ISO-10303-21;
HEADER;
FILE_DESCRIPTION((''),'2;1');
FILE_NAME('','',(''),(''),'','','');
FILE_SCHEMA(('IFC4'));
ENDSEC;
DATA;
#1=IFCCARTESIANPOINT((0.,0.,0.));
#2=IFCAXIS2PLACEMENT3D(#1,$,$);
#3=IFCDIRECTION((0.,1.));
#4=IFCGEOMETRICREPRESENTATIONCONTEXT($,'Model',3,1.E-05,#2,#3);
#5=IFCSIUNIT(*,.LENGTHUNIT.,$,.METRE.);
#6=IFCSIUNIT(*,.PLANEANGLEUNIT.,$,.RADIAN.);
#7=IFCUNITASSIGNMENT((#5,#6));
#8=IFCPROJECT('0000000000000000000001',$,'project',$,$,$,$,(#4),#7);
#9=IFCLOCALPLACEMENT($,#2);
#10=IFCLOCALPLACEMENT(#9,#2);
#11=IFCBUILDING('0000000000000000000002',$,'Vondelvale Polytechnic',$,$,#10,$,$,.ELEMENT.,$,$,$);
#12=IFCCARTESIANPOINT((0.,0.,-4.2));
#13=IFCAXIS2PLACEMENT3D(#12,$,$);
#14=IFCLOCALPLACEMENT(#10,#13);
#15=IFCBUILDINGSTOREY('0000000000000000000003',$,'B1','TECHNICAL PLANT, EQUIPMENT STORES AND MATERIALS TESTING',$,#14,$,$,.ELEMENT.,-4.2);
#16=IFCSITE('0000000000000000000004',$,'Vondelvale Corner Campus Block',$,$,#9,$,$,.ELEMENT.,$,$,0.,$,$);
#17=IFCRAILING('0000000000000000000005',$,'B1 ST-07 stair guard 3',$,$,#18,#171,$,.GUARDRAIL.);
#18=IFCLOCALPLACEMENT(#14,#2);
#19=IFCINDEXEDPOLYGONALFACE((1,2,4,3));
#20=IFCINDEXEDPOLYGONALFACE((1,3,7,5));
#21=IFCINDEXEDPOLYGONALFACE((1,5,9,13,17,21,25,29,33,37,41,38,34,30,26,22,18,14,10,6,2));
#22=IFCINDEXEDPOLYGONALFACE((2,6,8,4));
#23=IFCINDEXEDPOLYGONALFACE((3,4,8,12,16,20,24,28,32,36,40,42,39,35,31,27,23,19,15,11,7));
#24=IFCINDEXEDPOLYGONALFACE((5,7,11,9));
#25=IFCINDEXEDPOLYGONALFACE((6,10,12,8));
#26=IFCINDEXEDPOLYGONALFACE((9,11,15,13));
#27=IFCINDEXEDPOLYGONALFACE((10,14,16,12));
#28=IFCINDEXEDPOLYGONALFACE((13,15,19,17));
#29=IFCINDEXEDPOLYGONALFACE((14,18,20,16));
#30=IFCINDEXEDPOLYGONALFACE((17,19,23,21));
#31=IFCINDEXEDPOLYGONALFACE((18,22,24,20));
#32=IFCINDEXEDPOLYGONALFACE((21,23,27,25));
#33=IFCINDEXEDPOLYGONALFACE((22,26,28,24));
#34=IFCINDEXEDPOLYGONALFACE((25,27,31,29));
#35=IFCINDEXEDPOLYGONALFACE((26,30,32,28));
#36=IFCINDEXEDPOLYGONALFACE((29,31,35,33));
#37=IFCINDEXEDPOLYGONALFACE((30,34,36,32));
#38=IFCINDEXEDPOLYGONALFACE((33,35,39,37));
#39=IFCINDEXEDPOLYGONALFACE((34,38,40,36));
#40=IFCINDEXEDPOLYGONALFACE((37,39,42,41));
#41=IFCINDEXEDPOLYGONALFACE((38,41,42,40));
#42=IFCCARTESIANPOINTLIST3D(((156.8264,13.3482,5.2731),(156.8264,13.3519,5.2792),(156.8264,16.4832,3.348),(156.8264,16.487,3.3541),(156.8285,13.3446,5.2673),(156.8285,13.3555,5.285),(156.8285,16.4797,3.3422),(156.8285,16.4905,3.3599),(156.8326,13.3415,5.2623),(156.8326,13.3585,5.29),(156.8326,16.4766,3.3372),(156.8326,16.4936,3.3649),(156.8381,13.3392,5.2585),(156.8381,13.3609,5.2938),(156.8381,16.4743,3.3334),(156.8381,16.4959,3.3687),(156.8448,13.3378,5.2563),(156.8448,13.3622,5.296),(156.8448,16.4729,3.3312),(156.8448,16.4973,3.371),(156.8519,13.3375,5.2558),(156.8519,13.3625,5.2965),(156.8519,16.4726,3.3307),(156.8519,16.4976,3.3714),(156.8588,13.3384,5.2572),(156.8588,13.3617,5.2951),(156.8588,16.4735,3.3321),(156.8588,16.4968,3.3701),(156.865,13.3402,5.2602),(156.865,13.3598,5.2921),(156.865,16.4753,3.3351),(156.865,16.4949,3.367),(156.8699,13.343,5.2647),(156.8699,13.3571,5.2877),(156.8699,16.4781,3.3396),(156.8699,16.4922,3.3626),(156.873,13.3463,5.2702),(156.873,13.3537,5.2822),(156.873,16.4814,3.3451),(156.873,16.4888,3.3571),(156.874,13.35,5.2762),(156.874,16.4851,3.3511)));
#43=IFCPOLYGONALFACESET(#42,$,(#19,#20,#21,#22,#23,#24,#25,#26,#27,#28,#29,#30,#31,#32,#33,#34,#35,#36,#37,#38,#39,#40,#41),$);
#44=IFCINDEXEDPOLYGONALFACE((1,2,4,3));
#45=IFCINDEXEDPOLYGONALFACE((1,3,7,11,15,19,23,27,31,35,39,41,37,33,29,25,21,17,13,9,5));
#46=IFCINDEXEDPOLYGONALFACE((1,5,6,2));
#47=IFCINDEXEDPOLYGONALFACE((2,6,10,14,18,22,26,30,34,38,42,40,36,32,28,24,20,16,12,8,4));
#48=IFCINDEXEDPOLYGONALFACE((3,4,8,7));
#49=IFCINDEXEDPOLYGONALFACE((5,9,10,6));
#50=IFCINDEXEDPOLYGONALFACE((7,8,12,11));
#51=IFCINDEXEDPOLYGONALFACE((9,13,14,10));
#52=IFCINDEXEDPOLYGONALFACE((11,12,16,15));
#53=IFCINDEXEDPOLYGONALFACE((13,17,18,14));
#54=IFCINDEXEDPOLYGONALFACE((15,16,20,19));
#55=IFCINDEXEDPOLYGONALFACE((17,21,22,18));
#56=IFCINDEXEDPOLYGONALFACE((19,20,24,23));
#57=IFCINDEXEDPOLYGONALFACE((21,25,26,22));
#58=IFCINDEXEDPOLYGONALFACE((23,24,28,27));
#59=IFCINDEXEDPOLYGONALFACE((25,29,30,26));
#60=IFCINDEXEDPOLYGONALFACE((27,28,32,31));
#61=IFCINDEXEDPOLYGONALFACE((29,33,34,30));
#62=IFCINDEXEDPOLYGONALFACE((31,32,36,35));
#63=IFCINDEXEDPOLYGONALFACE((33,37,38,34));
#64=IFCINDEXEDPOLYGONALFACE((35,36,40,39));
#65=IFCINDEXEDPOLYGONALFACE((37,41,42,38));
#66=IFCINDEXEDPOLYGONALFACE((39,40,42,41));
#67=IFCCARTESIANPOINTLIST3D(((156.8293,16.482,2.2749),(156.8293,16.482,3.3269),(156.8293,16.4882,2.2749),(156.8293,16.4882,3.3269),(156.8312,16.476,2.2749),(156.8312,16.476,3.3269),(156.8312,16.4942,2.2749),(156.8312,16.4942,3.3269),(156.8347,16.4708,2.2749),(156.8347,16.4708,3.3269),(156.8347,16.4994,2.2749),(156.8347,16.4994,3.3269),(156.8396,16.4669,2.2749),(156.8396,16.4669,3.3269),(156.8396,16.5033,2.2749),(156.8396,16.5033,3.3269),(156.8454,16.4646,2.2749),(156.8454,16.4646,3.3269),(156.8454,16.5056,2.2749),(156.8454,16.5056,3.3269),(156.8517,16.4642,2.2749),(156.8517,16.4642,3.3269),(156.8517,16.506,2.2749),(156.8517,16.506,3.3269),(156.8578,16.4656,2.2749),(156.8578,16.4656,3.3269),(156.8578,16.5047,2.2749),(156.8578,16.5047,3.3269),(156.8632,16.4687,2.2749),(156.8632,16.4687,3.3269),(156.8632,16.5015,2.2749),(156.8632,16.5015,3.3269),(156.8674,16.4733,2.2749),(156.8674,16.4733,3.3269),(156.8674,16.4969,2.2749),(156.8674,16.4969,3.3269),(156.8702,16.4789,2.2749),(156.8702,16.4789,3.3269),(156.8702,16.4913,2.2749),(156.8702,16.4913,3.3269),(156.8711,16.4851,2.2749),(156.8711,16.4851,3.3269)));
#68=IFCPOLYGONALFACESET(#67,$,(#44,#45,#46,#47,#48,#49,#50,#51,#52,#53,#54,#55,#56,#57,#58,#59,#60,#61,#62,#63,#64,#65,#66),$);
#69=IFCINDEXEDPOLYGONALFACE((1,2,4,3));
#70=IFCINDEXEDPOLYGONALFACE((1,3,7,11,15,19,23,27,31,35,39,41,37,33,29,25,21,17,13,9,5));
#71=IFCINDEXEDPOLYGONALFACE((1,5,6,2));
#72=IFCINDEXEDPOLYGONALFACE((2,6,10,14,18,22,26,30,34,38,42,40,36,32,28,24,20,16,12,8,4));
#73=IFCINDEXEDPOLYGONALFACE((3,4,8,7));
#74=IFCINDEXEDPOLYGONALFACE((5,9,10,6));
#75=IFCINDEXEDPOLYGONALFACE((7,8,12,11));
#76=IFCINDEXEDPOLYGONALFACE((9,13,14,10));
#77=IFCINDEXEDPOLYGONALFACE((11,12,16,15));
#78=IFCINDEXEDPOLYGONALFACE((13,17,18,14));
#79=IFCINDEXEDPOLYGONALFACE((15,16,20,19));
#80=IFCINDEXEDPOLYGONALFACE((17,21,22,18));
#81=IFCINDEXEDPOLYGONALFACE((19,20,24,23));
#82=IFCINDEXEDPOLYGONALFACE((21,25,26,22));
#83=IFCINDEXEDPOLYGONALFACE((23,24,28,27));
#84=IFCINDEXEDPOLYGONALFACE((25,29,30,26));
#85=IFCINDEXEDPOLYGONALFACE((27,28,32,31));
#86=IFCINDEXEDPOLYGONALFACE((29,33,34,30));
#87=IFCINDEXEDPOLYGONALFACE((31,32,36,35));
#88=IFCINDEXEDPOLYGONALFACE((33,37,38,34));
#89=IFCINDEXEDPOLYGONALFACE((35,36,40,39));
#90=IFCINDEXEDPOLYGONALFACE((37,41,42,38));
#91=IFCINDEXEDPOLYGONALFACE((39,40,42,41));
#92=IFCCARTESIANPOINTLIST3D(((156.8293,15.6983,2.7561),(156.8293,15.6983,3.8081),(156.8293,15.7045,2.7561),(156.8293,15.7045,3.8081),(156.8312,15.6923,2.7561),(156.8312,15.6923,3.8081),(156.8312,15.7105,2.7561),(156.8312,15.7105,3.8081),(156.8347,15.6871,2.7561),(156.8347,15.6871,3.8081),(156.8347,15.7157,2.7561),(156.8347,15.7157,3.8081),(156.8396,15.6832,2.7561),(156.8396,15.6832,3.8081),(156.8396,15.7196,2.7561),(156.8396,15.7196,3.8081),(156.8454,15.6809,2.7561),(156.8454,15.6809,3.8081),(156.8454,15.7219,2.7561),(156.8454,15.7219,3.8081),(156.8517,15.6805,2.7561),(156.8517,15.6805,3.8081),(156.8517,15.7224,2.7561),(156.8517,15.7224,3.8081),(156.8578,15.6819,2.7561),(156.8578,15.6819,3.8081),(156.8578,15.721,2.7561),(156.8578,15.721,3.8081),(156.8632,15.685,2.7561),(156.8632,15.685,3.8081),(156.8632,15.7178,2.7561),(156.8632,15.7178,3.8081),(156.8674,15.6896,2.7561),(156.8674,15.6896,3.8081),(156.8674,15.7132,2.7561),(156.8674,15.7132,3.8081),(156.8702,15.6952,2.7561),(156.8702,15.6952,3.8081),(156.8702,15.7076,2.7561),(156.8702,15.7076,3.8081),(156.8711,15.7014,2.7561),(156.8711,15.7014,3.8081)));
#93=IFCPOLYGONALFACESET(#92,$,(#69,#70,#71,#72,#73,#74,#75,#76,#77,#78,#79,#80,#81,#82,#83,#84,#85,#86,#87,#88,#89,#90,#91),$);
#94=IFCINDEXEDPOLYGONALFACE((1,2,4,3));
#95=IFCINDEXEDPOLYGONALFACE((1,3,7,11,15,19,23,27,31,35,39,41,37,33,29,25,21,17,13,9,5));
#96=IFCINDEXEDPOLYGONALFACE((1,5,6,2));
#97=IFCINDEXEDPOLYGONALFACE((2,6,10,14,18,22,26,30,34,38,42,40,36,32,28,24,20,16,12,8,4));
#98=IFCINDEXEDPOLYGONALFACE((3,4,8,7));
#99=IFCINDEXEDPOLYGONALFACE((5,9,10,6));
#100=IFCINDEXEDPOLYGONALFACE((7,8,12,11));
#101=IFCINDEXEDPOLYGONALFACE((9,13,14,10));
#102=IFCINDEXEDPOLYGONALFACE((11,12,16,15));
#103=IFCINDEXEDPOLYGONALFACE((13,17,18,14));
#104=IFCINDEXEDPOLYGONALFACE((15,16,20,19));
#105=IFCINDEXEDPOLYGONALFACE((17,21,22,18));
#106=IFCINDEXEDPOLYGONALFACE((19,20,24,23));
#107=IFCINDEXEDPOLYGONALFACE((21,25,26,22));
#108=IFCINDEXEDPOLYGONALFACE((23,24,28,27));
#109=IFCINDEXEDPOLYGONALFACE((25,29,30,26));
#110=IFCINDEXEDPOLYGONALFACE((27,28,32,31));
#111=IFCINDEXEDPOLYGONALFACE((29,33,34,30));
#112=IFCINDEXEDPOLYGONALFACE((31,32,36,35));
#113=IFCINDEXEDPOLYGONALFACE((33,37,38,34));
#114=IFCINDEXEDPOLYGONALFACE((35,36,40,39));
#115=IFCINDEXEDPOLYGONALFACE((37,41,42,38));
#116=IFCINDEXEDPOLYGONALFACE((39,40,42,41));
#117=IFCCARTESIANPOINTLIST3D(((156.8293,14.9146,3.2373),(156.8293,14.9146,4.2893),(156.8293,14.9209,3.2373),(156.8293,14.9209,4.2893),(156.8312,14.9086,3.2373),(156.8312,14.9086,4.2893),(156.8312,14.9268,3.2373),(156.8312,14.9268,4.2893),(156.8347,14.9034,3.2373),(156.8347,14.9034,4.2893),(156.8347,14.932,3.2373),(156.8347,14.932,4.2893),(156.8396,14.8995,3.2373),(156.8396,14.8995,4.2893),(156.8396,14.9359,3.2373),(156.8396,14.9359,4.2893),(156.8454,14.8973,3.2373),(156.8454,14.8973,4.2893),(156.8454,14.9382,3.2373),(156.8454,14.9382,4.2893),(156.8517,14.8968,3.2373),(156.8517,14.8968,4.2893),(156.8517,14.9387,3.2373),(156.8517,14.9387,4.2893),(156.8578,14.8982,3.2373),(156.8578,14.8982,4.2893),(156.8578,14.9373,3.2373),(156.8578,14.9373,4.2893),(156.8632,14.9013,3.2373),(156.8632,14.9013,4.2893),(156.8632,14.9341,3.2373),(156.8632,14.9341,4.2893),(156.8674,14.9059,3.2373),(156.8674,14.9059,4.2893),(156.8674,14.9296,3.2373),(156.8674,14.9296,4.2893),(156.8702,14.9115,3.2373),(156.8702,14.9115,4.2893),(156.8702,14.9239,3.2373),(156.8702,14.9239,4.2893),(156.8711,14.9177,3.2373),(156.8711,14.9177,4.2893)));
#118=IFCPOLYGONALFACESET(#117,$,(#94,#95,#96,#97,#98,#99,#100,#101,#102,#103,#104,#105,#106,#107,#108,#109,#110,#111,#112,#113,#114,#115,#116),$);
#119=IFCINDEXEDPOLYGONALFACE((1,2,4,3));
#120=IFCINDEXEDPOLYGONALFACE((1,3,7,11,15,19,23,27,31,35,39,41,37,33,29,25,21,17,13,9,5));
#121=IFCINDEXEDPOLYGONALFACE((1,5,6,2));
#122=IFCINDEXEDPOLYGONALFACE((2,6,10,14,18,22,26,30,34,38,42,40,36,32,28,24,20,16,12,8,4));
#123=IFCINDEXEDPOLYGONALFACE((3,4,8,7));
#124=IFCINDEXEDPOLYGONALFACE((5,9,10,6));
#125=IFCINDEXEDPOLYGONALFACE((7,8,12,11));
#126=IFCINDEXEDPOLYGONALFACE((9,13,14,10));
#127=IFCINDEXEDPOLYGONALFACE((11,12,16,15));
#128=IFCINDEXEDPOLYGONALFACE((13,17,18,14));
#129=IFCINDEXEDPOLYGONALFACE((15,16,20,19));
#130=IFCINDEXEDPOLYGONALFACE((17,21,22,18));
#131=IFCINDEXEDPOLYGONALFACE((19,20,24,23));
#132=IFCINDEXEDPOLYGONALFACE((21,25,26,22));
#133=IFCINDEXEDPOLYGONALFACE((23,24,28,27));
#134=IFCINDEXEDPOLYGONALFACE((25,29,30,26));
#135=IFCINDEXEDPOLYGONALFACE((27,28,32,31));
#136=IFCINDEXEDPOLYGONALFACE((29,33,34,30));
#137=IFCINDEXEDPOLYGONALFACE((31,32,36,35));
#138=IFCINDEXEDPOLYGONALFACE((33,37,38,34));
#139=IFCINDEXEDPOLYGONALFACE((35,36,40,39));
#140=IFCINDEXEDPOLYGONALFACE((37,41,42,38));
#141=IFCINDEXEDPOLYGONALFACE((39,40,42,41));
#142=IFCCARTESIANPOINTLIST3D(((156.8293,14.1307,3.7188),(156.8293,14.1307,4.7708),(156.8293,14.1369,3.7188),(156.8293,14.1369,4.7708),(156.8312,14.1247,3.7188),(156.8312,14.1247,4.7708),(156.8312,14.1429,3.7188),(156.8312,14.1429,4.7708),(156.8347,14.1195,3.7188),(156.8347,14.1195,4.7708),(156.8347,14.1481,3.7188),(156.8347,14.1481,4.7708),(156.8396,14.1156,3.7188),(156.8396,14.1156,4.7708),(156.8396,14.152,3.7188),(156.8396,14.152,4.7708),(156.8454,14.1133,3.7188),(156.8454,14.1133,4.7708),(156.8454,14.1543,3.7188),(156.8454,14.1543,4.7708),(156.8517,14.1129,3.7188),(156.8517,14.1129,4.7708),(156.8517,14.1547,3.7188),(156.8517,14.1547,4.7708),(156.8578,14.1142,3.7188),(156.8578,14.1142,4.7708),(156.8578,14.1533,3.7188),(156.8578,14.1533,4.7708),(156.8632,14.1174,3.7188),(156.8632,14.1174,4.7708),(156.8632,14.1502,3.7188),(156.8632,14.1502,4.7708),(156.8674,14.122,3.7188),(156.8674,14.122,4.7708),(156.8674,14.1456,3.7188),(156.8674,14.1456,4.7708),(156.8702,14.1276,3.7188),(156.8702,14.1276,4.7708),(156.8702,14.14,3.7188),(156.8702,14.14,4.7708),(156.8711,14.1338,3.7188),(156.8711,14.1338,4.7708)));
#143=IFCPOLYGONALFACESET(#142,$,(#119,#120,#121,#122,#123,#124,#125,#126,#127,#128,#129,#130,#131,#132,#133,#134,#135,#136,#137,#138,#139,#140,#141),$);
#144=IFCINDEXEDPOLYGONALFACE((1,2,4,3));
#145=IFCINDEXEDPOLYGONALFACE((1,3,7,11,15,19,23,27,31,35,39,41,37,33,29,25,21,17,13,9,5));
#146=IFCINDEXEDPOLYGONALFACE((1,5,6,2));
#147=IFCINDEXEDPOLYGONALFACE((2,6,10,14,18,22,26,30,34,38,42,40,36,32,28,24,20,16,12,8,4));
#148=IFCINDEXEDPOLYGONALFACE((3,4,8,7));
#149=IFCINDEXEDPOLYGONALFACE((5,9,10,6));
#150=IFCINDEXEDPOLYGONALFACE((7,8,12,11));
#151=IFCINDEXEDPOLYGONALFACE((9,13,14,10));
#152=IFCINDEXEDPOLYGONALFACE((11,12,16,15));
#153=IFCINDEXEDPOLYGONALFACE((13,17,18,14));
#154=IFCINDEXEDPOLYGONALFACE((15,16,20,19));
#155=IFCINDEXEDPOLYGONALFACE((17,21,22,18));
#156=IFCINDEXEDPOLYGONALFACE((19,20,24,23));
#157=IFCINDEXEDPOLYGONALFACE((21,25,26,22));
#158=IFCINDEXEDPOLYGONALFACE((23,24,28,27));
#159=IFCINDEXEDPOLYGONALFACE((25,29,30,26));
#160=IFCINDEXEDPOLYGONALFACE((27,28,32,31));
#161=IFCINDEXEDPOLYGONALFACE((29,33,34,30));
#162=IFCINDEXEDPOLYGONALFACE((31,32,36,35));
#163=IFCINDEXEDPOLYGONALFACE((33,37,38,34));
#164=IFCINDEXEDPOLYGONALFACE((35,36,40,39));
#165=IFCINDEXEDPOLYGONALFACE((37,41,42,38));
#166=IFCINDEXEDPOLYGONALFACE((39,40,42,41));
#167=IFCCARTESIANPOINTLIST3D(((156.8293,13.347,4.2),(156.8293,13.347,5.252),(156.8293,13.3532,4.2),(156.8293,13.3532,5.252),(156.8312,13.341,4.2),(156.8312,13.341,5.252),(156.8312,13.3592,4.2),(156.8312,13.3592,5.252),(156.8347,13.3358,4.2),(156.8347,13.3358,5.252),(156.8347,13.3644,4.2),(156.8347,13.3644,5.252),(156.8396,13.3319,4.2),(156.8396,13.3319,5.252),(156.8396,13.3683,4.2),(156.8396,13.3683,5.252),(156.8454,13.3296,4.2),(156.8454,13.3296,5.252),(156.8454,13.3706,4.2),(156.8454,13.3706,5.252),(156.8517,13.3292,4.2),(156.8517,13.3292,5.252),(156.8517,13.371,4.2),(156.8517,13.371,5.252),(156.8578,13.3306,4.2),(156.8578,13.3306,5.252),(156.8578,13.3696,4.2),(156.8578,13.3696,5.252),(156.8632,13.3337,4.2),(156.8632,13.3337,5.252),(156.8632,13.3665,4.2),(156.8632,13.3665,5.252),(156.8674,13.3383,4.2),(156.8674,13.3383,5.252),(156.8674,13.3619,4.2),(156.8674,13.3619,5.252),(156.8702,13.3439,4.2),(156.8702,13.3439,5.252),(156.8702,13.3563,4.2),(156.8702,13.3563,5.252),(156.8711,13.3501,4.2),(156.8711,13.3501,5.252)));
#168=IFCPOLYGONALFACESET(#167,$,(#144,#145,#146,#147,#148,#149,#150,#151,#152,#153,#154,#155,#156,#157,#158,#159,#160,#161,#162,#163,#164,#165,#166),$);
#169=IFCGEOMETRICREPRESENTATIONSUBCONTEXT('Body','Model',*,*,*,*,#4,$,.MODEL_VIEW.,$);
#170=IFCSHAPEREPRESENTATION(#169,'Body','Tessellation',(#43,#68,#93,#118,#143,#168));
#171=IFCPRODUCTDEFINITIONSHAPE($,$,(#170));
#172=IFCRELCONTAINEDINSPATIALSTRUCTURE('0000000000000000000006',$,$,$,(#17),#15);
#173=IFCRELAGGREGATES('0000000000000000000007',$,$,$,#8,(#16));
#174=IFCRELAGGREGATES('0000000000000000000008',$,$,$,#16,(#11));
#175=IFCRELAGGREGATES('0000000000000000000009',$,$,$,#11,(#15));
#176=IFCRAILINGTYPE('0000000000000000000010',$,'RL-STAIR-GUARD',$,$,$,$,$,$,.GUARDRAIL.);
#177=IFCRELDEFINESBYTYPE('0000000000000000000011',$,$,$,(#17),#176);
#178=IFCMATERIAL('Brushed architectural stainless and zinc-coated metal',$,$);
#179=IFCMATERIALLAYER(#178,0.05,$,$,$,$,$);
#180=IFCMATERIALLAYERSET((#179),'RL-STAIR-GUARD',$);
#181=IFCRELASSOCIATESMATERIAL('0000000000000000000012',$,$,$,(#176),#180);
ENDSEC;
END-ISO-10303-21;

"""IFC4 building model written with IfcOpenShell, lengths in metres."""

from ifc_helpers import new_model, si_unit, direction, frame, origin, origin_2d, place, context, subcontext, project, spatial, circle, extrude, material, layer, layer_set, type_object, element, save


model = new_model("IFC4")

# Units and contexts
model_context = context("Model", 3, precision=1e-05, world=origin(), true_north=direction((0.0, 1.0)))
body_context = subcontext(model_context, "Body", "Model", "MODEL_VIEW")
ifc_project = project(units=[si_unit("LENGTHUNIT", "METRE"), si_unit("PLANEANGLEUNIT", "RADIAN")], contexts=[model_context])

# Site, building, storey
site_placement = place(None, origin())
site = spatial("IfcSite", under=ifc_project, at=site_placement, Name="Vondelvale Corner Campus Block", CompositionType="ELEMENT", RefElevation=0.0)
building_placement = place(site_placement, origin())
building = spatial("IfcBuilding", under=site, at=building_placement, Name="Vondelvale Polytechnic", CompositionType="ELEMENT")
storey_placement = place(building_placement, frame((0.0, 0.0, -4.2)))
storey = spatial("IfcBuildingStorey", under=building, at=storey_placement, Name="B1", Description="TECHNICAL PLANT, EQUIPMENT STORES AND MATERIALS TESTING", CompositionType="ELEMENT", Elevation=-4.2)

# Shared definitions
ifc_material_1 = material(Name="Brushed architectural stainless and zinc-coated metal")

# Railing
ifc_layer_1 = layer(ifc_material_1, 0.05)
ifc_layer_set_1 = layer_set([ifc_layer_1], Name="RL-STAIR-GUARD")
railing_type_1 = type_object("IfcRailingType", Name="RL-STAIR-GUARD", PredefinedType="GUARDRAIL", material=ifc_layer_set_1)
railing_1_placement = place(storey_placement, frame((156.8501, 16.4851, 2.2749)))
element("IfcRailing", 1, at=railing_1_placement, inside=storey, type_object=railing_type_1, Name="B1 ST-07 stair guard 3", PredefinedType="GUARDRAIL", context=body_context, shape_type="SweptSolid", body=[
    extrude(circle(Radius=0.0239, at=origin_2d()), frame((0.0, 0.0, 1.0762), z_axis=(0.0, -0.852166, 0.523271), x_axis=(1.0, 0.0, 0.0)), (0.0, 0.0, 1.0), 3.679),
    extrude(circle(Radius=0.021, at=origin_2d()), origin(), (0.0, 0.0, 1.0), 1.052),
    extrude(circle(Radius=0.021, at=origin_2d()), frame((0.0, -0.7837, 0.4812)), (0.0, 0.0, 1.0), 1.052),
    extrude(circle(Radius=0.021, at=origin_2d()), frame((0.0, -1.5674, 0.9624)), (0.0, 0.0, 1.0), 1.052),
    extrude(circle(Radius=0.021, at=origin_2d()), frame((0.0, -2.3513, 1.4438)), (0.0, 0.0, 1.0), 1.052),
    extrude(circle(Radius=0.021, at=origin_2d()), frame((0.0, -3.135, 1.925)), (0.0, 0.0, 1.0), 1.052),
])

save(model, "model.ifc")
